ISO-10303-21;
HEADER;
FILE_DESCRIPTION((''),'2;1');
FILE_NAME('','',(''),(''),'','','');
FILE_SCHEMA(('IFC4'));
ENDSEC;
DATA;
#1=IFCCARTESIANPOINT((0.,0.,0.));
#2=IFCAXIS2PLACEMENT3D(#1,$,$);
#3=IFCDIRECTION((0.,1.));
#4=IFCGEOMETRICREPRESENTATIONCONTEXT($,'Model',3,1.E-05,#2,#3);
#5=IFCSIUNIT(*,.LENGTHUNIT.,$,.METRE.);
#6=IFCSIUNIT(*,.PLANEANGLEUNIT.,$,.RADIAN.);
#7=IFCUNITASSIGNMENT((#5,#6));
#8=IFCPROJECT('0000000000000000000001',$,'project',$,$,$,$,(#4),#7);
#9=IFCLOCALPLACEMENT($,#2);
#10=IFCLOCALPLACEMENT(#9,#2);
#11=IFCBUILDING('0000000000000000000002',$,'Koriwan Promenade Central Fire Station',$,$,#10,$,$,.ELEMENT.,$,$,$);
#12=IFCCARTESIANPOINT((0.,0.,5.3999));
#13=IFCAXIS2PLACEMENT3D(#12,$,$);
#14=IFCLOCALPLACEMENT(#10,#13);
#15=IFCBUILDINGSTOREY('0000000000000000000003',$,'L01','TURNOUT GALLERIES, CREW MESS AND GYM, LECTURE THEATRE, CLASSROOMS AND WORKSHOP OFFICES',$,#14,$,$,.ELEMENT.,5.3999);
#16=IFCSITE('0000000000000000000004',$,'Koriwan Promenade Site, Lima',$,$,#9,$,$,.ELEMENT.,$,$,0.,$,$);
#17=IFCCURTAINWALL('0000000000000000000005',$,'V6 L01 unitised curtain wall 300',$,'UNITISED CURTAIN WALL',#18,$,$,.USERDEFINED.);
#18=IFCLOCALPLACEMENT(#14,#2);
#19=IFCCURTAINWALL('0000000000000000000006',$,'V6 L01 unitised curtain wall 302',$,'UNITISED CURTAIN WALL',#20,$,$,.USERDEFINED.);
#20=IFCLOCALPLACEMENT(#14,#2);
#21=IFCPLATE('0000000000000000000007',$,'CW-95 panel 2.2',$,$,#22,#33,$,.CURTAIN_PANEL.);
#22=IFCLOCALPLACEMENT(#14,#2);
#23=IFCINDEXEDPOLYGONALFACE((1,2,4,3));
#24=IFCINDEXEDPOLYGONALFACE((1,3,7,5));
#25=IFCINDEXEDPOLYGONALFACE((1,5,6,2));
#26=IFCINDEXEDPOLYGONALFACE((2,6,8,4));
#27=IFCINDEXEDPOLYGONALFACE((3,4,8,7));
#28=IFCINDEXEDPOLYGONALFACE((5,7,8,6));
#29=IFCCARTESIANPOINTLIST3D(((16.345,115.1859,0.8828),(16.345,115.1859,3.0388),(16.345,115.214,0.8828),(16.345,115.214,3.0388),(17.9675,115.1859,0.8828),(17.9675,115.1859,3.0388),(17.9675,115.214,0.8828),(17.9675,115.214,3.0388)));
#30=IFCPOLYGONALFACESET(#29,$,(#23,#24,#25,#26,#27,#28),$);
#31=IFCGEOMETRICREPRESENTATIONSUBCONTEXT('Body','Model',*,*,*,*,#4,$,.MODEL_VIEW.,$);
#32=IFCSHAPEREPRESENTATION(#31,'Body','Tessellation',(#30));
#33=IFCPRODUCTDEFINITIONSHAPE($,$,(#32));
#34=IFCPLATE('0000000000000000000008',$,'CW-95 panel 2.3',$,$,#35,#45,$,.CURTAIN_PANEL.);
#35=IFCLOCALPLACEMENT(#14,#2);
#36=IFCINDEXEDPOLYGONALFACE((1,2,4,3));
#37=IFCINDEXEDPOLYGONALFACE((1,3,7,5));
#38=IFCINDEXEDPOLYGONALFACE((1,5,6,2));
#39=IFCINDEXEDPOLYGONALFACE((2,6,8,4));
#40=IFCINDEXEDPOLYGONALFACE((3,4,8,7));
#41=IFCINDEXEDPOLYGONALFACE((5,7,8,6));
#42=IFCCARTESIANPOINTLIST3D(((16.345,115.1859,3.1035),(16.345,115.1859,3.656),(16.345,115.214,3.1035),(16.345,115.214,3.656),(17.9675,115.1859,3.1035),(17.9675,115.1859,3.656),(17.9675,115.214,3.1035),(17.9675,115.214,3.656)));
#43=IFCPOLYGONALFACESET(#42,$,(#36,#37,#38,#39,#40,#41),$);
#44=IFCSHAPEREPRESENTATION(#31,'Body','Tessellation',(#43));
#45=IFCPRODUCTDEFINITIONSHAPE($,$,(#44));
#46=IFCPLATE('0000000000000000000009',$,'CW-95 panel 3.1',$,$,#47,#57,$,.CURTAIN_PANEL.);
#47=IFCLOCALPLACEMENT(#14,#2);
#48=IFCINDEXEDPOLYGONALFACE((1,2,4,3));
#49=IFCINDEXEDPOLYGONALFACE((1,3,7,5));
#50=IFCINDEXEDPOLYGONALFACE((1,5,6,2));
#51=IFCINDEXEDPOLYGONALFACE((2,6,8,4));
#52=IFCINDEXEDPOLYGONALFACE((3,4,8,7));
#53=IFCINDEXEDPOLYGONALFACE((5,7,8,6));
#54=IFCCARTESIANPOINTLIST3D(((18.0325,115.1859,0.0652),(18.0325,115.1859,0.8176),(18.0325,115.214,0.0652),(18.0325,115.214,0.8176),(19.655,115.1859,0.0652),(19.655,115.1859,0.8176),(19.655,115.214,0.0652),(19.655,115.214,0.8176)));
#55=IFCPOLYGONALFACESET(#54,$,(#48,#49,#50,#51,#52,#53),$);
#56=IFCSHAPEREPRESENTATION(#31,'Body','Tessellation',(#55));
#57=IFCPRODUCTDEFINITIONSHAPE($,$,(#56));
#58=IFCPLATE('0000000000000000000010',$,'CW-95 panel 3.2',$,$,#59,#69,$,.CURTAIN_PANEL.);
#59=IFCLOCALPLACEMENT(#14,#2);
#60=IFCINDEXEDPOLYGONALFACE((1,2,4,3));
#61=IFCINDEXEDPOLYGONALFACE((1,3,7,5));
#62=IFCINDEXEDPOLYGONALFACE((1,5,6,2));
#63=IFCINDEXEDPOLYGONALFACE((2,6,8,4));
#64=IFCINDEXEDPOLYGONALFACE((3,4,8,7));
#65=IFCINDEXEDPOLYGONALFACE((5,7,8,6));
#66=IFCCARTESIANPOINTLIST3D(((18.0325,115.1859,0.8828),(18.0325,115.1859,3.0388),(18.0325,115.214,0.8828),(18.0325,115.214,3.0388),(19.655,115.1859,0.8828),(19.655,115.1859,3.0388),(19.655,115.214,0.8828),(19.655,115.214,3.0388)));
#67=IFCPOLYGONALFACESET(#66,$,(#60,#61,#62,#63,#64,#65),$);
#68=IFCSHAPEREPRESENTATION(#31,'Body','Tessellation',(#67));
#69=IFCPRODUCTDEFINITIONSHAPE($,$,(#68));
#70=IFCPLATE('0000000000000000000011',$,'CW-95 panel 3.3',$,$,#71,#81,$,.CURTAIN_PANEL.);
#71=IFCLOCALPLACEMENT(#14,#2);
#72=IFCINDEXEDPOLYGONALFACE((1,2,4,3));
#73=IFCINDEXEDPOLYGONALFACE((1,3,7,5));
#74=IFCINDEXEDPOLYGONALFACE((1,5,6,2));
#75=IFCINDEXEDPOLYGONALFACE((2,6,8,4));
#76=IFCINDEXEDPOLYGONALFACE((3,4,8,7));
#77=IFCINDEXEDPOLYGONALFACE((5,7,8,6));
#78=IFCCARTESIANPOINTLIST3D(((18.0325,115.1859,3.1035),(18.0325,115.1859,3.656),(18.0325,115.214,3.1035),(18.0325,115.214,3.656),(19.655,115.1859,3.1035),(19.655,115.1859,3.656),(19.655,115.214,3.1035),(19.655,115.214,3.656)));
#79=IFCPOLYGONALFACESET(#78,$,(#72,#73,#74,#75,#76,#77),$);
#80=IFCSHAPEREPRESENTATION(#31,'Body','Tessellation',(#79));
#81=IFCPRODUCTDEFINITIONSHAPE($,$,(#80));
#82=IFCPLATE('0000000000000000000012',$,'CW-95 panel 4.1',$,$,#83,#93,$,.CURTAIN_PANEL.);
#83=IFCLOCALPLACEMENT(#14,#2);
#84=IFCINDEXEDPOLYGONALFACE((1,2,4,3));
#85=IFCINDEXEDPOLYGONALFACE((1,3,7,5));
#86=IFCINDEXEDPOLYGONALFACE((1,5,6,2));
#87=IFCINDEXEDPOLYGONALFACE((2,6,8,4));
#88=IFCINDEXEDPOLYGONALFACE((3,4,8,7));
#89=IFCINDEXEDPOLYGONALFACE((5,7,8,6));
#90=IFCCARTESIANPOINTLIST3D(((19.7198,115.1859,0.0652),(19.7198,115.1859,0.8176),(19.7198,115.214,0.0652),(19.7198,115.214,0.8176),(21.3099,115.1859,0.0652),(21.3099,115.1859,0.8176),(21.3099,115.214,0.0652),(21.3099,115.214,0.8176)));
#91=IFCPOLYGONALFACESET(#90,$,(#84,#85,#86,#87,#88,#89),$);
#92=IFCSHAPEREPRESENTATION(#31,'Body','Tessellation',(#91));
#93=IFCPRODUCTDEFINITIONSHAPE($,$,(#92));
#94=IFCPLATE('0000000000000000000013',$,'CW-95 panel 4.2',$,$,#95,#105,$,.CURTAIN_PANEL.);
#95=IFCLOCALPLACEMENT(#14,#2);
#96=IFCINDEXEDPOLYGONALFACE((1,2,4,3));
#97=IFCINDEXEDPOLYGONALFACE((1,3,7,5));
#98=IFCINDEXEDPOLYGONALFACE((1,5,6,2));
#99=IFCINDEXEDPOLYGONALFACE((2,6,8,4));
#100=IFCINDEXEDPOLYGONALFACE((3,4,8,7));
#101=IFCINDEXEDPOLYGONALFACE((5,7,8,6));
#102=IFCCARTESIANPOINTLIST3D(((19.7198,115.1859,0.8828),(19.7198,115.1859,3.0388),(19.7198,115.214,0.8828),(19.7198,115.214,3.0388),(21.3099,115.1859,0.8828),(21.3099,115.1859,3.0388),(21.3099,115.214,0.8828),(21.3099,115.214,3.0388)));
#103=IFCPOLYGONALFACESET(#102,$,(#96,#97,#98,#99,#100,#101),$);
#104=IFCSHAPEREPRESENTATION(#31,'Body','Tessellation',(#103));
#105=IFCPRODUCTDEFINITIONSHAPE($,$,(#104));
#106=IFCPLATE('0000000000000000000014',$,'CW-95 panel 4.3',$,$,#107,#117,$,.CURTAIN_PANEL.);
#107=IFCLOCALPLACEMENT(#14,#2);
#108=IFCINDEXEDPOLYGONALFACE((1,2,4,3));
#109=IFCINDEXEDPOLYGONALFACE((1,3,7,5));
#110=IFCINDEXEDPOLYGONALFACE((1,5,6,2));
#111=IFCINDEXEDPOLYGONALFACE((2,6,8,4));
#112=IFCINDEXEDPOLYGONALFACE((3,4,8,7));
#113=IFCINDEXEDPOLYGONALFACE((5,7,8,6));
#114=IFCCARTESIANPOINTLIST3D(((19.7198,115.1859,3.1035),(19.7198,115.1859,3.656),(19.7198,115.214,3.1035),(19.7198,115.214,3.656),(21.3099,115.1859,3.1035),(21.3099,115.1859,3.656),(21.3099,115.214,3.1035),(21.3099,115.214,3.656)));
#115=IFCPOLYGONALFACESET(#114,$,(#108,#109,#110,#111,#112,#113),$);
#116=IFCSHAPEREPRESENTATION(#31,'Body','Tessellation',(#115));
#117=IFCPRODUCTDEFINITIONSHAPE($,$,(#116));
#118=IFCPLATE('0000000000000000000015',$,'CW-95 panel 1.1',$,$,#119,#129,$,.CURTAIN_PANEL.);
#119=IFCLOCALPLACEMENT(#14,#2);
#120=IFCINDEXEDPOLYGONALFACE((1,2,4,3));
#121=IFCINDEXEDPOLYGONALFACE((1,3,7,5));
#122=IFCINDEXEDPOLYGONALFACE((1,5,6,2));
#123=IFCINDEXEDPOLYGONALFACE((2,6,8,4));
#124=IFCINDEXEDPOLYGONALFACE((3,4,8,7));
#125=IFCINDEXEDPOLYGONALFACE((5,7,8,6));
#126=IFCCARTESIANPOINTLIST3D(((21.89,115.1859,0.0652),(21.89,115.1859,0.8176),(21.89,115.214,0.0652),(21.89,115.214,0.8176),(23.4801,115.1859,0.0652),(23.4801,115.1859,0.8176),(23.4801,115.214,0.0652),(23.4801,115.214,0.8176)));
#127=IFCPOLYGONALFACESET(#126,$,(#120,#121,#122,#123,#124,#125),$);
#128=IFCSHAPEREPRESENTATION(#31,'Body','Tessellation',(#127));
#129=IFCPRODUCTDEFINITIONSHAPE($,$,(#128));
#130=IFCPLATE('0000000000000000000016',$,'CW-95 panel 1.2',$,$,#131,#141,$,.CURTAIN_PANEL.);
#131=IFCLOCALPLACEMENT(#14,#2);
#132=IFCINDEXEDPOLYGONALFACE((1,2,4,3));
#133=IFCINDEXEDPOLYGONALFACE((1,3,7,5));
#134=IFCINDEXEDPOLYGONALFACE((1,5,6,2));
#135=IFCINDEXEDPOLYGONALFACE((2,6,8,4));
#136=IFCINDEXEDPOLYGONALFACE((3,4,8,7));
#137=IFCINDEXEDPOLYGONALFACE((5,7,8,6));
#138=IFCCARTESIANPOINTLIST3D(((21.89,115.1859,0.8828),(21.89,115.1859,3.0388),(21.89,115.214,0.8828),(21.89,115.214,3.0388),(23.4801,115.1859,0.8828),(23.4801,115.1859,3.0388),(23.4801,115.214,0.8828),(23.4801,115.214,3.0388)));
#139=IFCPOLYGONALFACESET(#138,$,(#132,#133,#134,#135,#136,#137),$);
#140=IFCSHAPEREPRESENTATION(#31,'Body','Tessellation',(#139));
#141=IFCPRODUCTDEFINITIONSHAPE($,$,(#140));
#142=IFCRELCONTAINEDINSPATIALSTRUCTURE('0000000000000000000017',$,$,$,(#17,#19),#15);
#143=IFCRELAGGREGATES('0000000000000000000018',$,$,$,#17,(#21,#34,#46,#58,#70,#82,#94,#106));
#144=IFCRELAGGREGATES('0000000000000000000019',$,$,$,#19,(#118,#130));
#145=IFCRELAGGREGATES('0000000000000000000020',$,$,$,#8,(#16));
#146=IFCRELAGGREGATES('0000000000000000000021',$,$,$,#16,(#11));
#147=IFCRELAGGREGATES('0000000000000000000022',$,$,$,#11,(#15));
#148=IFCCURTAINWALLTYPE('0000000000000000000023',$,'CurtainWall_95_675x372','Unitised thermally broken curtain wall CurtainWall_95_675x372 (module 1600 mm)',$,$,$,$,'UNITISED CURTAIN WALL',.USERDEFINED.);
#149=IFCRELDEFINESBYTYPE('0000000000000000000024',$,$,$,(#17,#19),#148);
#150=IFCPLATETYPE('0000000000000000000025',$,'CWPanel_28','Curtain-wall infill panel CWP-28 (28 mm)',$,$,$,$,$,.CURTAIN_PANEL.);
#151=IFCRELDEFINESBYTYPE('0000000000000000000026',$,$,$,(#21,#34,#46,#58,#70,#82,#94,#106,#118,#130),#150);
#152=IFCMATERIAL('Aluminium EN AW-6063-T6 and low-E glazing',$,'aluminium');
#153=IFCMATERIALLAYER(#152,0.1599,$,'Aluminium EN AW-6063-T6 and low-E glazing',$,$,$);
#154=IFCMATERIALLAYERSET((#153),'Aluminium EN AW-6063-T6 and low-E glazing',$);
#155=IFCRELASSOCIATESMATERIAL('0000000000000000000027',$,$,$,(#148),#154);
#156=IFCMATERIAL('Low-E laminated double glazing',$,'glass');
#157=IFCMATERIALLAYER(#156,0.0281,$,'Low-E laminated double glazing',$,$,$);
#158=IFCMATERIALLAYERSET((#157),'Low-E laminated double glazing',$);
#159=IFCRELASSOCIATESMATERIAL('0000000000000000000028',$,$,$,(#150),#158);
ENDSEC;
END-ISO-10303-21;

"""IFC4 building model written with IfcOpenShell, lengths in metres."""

from ifc_helpers import new_model, si_unit, direction, frame, origin, origin_2d, place, context, subcontext, project, spatial, rectangle, extrude, material, layer, layer_set, type_object, element, aggregate, save


model = new_model("IFC4")

# Units and contexts
model_context = context("Model", 3, precision=1e-05, world=origin(), true_north=direction((0.0, 1.0)))
body_context = subcontext(model_context, "Body", "Model", "MODEL_VIEW")
ifc_project = project(units=[si_unit("LENGTHUNIT", "METRE"), si_unit("PLANEANGLEUNIT", "RADIAN")], contexts=[model_context])

# Site, building, storey
site_placement = place(None, origin())
site = spatial("IfcSite", under=ifc_project, at=site_placement, Name="Koriwan Promenade Site, Lima", CompositionType="ELEMENT", RefElevation=0.0)
building_placement = place(site_placement, origin())
building = spatial("IfcBuilding", under=site, at=building_placement, Name="Koriwan Promenade Central Fire Station", CompositionType="ELEMENT")
storey_placement = place(building_placement, frame((0.0, 0.0, 5.3999)))
storey = spatial("IfcBuildingStorey", under=building, at=storey_placement, Name="L01", Description="TURNOUT GALLERIES, CREW MESS AND GYM, LECTURE THEATRE, CLASSROOMS AND WORKSHOP OFFICES", CompositionType="ELEMENT", Elevation=5.3999)

# Curtain wall
ifc_material_1 = material(Name="Aluminium EN AW-6063-T6 and low-E glazing", Category="aluminium")
ifc_layer_1 = layer(ifc_material_1, 0.1599, Name="Aluminium EN AW-6063-T6 and low-E glazing")
ifc_layer_set_1 = layer_set([ifc_layer_1], Name="Aluminium EN AW-6063-T6 and low-E glazing")
curtain_wall_type = type_object("IfcCurtainWallType", Name="CurtainWall_95_675x372", Description="Unitised thermally broken curtain wall CurtainWall_95_675x372 (module 1600 mm)", ElementType="UNITISED CURTAIN WALL", PredefinedType="USERDEFINED", material=ifc_layer_set_1)
curtain_wall_1_placement = place(storey_placement, origin())
curtain_wall_1 = element("IfcCurtainWall", 1, at=curtain_wall_1_placement, inside=storey, type_object=curtain_wall_type, Name="V6 L01 unitised curtain wall 300", ObjectType="UNITISED CURTAIN WALL", PredefinedType="USERDEFINED")

# Curtain wall
curtain_wall_2_placement = place(storey_placement, origin())
curtain_wall_2 = element("IfcCurtainWall", 2, at=curtain_wall_2_placement, inside=storey, type_object=curtain_wall_type, Name="V6 L01 unitised curtain wall 302", ObjectType="UNITISED CURTAIN WALL", PredefinedType="USERDEFINED")

# Plates
ifc_material_2 = material(Name="Low-E laminated double glazing", Category="glass")
ifc_layer_2 = layer(ifc_material_2, 0.0281, Name="Low-E laminated double glazing")
ifc_layer_set_2 = layer_set([ifc_layer_2], Name="Low-E laminated double glazing")
plate_type = type_object("IfcPlateType", Name="CWPanel_28", Description="Curtain-wall infill panel CWP-28 (28 mm)", PredefinedType="CURTAIN_PANEL", material=ifc_layer_set_2)
plate_1_placement = place(storey_placement, frame((17.1562, 115.2, 0.8828), z_axis=(0.0, 0.0, 1.0), x_axis=(1.0, 0.0, 0.0)))
plate_1 = element("IfcPlate", 3, at=plate_1_placement, type_object=plate_type, Name="CW-95 panel 2.2", PredefinedType="CURTAIN_PANEL", context=body_context, shape_type="SweptSolid", body=[
    extrude(rectangle(XDim=1.6226, YDim=0.0281, at=origin_2d()), origin(), (0.0, 0.0, 1.0), 2.156),
])
plate_2_placement = place(storey_placement, frame((17.1562, 115.2, 3.1035), z_axis=(0.0, 0.0, 1.0), x_axis=(1.0, 0.0, 0.0)))
plate_2 = element("IfcPlate", 4, at=plate_2_placement, type_object=plate_type, Name="CW-95 panel 2.3", PredefinedType="CURTAIN_PANEL", context=body_context, shape_type="SweptSolid", body=[
    extrude(rectangle(XDim=1.6226, YDim=0.0281, at=origin_2d()), origin(), (0.0, 0.0, 1.0), 0.5525),
])
plate_3_placement = place(storey_placement, frame((18.8438, 115.2, 0.0652), z_axis=(0.0, 0.0, 1.0), x_axis=(1.0, 0.0, 0.0)))
plate_3 = element("IfcPlate", 5, at=plate_3_placement, type_object=plate_type, Name="CW-95 panel 3.1", PredefinedType="CURTAIN_PANEL", context=body_context, shape_type="SweptSolid", body=[
    extrude(rectangle(XDim=1.6226, YDim=0.0281, at=origin_2d()), origin(), (0.0, 0.0, 1.0), 0.7524),
])
plate_4_placement = place(storey_placement, frame((18.8438, 115.2, 0.8828), z_axis=(0.0, 0.0, 1.0), x_axis=(1.0, 0.0, 0.0)))
plate_4 = element("IfcPlate", 6, at=plate_4_placement, type_object=plate_type, Name="CW-95 panel 3.2", PredefinedType="CURTAIN_PANEL", context=body_context, shape_type="SweptSolid", body=[
    extrude(rectangle(XDim=1.6226, YDim=0.0281, at=origin_2d()), origin(), (0.0, 0.0, 1.0), 2.156),
])
plate_5_placement = place(storey_placement, frame((18.8438, 115.2, 3.1035), z_axis=(0.0, 0.0, 1.0), x_axis=(1.0, 0.0, 0.0)))
plate_5 = element("IfcPlate", 7, at=plate_5_placement, type_object=plate_type, Name="CW-95 panel 3.3", PredefinedType="CURTAIN_PANEL", context=body_context, shape_type="SweptSolid", body=[
    extrude(rectangle(XDim=1.6226, YDim=0.0281, at=origin_2d()), origin(), (0.0, 0.0, 1.0), 0.5525),
])
plate_6_placement = place(storey_placement, frame((20.5149, 115.2, 0.0652), z_axis=(0.0, 0.0, 1.0), x_axis=(1.0, 0.0, 0.0)))
plate_6 = element("IfcPlate", 8, at=plate_6_placement, type_object=plate_type, Name="CW-95 panel 4.1", PredefinedType="CURTAIN_PANEL", context=body_context, shape_type="SweptSolid", body=[
    extrude(rectangle(XDim=1.5901, YDim=0.0281, at=origin_2d()), origin(), (0.0, 0.0, 1.0), 0.7524),
])
plate_7_placement = place(storey_placement, frame((20.5149, 115.2, 0.8828), z_axis=(0.0, 0.0, 1.0), x_axis=(1.0, 0.0, 0.0)))
plate_7 = element("IfcPlate", 9, at=plate_7_placement, type_object=plate_type, Name="CW-95 panel 4.2", PredefinedType="CURTAIN_PANEL", context=body_context, shape_type="SweptSolid", body=[
    extrude(rectangle(XDim=1.5901, YDim=0.0281, at=origin_2d()), origin(), (0.0, 0.0, 1.0), 2.156),
])
plate_8_placement = place(storey_placement, frame((20.5149, 115.2, 3.1035), z_axis=(0.0, 0.0, 1.0), x_axis=(1.0, 0.0, 0.0)))
plate_8 = element("IfcPlate", 10, at=plate_8_placement, type_object=plate_type, Name="CW-95 panel 4.3", PredefinedType="CURTAIN_PANEL", context=body_context, shape_type="SweptSolid", body=[
    extrude(rectangle(XDim=1.5901, YDim=0.0281, at=origin_2d()), origin(), (0.0, 0.0, 1.0), 0.5525),
])
aggregate(curtain_wall_1, [plate_1, plate_2, plate_3, plate_4, plate_5, plate_6, plate_7, plate_8])
plate_9_placement = place(storey_placement, frame((22.6851, 115.2, 0.0652), z_axis=(0.0, 0.0, 1.0), x_axis=(1.0, 0.0, 0.0)))
plate_9 = element("IfcPlate", 11, at=plate_9_placement, type_object=plate_type, Name="CW-95 panel 1.1", PredefinedType="CURTAIN_PANEL", context=body_context, shape_type="SweptSolid", body=[
    extrude(rectangle(XDim=1.5901, YDim=0.0281, at=origin_2d()), origin(), (0.0, 0.0, 1.0), 0.7524),
])
plate_10_placement = place(storey_placement, frame((22.6851, 115.2, 0.8828), z_axis=(0.0, 0.0, 1.0), x_axis=(1.0, 0.0, 0.0)))
plate_10 = element("IfcPlate", 12, at=plate_10_placement, type_object=plate_type, Name="CW-95 panel 1.2", PredefinedType="CURTAIN_PANEL", context=body_context, shape_type="SweptSolid", body=[
    extrude(rectangle(XDim=1.5901, YDim=0.0281, at=origin_2d()), origin(), (0.0, 0.0, 1.0), 2.156),
])
aggregate(curtain_wall_2, [plate_9, plate_10])

save(model, "model.ifc")
